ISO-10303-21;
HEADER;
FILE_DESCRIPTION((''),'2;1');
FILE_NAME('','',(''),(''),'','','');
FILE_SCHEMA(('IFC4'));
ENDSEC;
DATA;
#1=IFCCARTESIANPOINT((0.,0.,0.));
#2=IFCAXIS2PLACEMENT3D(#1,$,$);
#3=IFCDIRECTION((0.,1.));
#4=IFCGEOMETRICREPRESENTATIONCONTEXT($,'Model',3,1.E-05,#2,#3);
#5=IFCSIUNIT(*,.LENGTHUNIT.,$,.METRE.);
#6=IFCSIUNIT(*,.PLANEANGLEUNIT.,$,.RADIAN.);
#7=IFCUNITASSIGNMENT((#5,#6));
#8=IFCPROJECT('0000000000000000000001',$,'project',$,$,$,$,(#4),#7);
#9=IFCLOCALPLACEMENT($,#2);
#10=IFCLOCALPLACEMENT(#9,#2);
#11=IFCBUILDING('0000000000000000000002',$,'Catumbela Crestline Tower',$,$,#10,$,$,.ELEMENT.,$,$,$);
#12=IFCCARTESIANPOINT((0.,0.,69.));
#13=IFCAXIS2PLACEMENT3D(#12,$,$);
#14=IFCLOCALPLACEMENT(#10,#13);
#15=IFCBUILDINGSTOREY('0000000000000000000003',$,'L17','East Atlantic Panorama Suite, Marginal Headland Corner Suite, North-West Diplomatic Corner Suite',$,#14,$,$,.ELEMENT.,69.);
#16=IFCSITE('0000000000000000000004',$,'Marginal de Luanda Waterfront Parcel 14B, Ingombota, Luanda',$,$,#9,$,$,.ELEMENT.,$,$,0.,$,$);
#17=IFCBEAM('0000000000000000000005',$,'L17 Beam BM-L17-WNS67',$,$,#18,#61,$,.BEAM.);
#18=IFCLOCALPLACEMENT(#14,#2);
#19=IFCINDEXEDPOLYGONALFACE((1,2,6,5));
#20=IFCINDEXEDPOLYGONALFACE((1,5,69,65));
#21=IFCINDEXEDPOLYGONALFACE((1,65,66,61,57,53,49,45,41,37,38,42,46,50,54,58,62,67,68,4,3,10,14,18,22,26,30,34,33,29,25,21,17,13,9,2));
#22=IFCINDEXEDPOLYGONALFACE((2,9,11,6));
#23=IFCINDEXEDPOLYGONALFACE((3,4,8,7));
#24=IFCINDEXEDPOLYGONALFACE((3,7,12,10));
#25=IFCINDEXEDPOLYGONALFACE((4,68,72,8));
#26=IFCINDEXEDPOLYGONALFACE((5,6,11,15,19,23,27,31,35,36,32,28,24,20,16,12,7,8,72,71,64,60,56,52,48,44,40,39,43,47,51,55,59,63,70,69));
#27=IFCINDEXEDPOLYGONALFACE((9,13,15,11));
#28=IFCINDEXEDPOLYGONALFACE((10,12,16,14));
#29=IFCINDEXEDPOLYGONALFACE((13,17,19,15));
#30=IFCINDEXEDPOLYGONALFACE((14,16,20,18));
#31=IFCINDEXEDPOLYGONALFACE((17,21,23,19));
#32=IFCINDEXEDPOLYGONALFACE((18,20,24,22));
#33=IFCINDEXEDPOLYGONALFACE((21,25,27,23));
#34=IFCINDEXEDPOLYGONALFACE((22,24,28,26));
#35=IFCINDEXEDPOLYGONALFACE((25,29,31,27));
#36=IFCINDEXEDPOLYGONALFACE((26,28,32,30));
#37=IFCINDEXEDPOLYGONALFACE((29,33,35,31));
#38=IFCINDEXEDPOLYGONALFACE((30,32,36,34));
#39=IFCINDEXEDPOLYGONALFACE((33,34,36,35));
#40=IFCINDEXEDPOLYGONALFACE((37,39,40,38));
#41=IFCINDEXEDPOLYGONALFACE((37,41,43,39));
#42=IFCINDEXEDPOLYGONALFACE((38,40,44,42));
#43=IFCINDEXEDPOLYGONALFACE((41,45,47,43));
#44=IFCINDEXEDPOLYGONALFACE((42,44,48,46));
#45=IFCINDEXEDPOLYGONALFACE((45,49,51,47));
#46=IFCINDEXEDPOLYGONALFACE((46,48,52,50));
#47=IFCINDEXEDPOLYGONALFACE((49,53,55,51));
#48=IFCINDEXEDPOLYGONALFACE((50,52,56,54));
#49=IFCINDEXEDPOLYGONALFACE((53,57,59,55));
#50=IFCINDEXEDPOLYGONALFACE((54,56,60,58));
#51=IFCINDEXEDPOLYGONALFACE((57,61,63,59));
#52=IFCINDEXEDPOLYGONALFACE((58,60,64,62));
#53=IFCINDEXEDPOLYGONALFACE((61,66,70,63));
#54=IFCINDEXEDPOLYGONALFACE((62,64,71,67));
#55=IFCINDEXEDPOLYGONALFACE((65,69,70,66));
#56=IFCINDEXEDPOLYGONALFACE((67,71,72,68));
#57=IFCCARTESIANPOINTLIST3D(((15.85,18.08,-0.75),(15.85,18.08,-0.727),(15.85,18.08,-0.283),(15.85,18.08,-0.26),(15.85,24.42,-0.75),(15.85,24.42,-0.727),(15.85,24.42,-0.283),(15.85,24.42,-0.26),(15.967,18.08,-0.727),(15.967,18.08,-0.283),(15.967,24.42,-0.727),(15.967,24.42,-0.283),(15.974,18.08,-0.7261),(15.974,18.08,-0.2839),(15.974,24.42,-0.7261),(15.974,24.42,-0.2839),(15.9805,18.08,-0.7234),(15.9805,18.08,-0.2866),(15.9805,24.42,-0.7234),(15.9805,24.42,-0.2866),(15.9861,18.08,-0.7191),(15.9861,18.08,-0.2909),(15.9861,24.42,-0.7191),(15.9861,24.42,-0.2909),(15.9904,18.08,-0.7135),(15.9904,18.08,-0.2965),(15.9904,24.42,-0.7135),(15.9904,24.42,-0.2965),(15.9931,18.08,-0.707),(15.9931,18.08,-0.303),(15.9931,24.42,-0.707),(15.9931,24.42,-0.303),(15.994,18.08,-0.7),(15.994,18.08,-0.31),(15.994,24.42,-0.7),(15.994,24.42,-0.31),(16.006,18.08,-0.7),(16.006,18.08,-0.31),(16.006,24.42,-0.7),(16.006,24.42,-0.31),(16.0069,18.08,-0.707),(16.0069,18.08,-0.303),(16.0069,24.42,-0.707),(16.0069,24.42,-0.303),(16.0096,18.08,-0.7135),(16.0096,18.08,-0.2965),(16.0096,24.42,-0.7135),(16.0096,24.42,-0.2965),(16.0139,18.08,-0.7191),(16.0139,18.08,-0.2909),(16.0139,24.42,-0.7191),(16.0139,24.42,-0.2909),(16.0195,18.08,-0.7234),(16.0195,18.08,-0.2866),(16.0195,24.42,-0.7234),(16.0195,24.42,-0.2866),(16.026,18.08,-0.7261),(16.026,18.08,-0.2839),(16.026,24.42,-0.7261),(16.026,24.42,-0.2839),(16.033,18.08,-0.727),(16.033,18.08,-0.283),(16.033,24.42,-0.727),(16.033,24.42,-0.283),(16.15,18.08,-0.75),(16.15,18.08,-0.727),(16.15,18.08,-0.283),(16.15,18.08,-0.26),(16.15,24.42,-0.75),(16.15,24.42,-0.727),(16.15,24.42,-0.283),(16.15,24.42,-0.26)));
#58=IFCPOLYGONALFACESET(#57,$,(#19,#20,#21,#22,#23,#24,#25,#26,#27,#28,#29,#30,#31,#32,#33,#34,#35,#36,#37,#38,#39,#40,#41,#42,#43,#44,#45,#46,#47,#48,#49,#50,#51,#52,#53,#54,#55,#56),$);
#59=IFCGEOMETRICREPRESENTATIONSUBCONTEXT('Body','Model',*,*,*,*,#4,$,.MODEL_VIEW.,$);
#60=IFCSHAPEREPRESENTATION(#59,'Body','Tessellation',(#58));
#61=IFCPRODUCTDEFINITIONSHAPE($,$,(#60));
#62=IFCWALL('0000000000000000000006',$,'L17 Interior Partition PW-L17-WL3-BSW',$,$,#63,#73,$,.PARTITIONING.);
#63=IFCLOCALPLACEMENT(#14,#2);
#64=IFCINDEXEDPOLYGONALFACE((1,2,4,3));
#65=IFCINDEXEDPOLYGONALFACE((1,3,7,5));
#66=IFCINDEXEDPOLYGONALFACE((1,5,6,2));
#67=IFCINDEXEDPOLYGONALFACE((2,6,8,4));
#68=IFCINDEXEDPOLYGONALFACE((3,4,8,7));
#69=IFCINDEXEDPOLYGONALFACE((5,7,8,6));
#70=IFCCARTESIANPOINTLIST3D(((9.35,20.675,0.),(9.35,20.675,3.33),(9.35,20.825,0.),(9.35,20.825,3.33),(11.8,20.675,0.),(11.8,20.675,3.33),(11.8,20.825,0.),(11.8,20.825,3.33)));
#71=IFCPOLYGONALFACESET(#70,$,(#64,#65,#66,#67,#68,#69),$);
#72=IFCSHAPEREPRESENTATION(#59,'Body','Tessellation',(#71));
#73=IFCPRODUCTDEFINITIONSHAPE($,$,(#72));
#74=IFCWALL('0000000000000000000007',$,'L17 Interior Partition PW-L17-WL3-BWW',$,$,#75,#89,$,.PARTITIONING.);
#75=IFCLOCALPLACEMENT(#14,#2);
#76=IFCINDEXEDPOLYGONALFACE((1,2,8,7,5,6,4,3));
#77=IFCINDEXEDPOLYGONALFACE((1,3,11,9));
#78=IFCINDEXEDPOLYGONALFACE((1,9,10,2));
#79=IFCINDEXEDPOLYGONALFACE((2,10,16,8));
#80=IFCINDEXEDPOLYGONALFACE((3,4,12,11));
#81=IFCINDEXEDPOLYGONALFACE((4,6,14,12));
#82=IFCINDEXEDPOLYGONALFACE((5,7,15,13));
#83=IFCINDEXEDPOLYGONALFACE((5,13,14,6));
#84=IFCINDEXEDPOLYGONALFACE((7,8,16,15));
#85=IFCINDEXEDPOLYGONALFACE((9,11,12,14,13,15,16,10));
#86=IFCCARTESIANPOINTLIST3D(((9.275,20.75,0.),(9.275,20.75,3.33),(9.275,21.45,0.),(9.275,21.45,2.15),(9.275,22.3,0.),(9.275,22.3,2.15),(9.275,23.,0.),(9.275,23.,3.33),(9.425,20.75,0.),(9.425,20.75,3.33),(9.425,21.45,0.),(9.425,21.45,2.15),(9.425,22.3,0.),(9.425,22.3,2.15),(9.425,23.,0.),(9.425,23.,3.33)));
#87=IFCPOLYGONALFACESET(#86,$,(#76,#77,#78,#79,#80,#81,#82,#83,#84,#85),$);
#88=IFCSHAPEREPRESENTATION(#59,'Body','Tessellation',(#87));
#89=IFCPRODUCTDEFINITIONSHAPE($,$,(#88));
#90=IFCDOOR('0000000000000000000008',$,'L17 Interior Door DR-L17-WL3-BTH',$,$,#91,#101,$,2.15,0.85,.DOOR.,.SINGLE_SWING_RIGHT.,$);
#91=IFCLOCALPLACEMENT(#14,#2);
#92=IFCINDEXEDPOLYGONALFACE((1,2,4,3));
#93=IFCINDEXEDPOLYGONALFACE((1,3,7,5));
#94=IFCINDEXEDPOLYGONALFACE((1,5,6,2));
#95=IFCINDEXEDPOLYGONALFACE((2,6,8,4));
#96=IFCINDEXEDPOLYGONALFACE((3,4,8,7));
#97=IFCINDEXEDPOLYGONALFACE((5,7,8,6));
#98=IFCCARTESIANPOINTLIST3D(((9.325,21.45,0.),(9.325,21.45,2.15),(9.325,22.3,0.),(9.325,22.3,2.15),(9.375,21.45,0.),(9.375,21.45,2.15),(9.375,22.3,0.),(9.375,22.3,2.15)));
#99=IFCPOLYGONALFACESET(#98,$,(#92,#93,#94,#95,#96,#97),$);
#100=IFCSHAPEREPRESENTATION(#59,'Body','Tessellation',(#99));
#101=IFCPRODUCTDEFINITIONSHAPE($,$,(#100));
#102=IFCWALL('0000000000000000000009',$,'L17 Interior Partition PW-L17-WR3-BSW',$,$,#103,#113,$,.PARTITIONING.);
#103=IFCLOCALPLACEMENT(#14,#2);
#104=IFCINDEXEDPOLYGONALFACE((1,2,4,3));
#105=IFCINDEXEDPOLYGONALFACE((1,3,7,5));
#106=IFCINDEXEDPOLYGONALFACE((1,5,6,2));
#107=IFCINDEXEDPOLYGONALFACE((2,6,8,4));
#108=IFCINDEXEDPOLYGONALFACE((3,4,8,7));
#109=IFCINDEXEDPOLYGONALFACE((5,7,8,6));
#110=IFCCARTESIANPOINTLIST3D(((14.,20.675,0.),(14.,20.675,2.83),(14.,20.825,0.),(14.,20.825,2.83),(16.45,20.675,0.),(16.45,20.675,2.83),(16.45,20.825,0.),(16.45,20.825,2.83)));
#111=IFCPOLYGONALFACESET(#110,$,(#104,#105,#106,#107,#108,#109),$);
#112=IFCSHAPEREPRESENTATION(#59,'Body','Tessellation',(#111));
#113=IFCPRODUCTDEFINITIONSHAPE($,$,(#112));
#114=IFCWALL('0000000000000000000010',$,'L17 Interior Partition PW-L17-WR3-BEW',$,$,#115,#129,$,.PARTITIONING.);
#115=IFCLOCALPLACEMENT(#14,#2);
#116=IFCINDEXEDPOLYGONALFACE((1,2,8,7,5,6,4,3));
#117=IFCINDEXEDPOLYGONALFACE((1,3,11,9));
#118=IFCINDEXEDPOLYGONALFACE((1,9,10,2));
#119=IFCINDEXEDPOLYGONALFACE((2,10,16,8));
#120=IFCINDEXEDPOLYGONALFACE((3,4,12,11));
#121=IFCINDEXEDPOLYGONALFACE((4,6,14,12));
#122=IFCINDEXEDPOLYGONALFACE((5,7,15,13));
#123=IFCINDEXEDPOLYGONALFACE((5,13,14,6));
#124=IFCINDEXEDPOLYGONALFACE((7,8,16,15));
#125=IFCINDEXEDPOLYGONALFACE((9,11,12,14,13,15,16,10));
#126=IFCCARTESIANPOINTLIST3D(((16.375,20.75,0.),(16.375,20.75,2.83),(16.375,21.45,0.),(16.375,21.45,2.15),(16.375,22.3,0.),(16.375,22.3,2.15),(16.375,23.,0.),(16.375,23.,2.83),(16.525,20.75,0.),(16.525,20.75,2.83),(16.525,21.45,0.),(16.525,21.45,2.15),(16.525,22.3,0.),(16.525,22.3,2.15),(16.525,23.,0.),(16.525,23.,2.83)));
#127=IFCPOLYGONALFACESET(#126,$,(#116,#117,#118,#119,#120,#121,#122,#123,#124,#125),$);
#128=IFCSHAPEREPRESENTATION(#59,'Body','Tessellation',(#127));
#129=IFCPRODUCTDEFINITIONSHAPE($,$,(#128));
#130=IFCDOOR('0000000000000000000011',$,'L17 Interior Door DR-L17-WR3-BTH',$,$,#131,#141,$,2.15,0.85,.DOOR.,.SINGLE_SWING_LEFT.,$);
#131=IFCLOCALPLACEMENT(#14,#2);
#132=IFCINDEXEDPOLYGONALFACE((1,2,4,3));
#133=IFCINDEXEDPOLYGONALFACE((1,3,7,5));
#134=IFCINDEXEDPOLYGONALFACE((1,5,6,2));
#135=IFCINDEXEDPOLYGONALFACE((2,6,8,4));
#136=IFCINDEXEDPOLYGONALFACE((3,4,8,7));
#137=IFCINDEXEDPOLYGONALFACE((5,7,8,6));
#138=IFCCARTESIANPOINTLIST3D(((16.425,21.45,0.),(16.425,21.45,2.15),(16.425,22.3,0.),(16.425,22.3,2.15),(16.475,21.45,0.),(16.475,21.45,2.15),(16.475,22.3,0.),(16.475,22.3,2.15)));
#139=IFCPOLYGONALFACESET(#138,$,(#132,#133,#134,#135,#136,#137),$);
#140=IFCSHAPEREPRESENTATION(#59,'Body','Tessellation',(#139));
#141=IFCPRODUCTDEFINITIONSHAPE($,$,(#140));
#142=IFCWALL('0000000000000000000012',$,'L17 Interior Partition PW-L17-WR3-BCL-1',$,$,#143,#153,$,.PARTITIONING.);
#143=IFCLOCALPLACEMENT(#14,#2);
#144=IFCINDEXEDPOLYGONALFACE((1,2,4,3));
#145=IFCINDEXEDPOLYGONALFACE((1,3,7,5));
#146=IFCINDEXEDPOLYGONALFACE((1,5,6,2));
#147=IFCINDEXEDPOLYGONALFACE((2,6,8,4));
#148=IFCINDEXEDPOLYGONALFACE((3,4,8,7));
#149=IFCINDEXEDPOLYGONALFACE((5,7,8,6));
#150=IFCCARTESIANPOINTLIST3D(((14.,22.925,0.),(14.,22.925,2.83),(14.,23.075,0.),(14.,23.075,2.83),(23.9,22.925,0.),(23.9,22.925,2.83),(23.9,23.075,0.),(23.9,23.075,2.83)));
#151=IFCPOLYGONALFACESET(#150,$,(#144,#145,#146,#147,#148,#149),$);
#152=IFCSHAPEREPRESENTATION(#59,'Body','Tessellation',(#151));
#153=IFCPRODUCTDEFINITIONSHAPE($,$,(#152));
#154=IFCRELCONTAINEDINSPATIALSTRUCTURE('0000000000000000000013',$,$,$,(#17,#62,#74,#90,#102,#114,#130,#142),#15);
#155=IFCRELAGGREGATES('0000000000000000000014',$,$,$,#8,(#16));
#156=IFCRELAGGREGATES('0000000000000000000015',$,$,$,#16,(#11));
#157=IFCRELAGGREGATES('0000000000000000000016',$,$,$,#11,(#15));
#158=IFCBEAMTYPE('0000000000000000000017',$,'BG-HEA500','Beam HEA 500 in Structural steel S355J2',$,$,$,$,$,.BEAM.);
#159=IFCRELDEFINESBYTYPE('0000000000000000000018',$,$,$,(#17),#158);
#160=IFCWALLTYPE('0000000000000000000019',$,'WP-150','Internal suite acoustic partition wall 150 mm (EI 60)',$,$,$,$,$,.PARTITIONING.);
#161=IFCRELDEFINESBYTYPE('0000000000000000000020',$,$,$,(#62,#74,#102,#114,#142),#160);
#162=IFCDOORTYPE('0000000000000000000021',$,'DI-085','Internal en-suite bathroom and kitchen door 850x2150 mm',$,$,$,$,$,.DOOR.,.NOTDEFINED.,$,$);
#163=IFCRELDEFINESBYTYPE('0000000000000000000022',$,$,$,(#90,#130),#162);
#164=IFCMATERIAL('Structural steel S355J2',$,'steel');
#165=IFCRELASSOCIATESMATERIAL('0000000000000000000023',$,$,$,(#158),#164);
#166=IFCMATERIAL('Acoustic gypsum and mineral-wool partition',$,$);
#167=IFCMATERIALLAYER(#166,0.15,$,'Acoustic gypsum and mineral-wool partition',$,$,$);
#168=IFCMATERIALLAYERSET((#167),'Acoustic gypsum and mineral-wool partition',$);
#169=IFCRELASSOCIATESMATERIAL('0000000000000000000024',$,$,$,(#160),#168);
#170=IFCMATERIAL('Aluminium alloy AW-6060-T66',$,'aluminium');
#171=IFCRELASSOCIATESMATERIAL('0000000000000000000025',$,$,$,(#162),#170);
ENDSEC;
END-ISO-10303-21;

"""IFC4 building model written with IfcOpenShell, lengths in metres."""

from ifc_helpers import new_model, si_unit, direction, frame, frame_2d, origin, origin_2d, place, context, subcontext, project, spatial, rectangle, i_section, extrude, material, layer, layer_set, material_profile, profile_set, type_object, element, fill, save


model = new_model("IFC4")

# Units and contexts
model_context = context("Model", 3, precision=1e-05, world=origin(), true_north=direction((0.0, 1.0)))
body_context = subcontext(model_context, "Body", "Model", "MODEL_VIEW")
ifc_project = project(units=[si_unit("LENGTHUNIT", "METRE"), si_unit("PLANEANGLEUNIT", "RADIAN")], contexts=[model_context])

# Site, building, storey
site_placement = place(None, origin())
site = spatial("IfcSite", under=ifc_project, at=site_placement, Name="Marginal de Luanda Waterfront Parcel 14B, Ingombota, Luanda", CompositionType="ELEMENT", RefElevation=0.0)
building_placement = place(site_placement, origin())
building = spatial("IfcBuilding", under=site, at=building_placement, Name="Catumbela Crestline Tower", CompositionType="ELEMENT")
storey_placement = place(building_placement, frame((0.0, 0.0, 69.0)))
storey = spatial("IfcBuildingStorey", under=building, at=storey_placement, Name="L17", Description="East Atlantic Panorama Suite, Marginal Headland Corner Suite, North-West Diplomatic Corner Suite", CompositionType="ELEMENT", Elevation=69.0)

# Beam
ifc_material_1 = material(Name="Structural steel S355J2", Category="steel")
ifc_material_profile_1 = material_profile(ifc_material_1, i_section(OverallWidth=0.3, OverallDepth=0.49, WebThickness=0.012, FlangeThickness=0.023, FilletRadius=0.027, at=origin_2d()), Name="HEA 500")
ifc_profile_set_1 = profile_set([ifc_material_profile_1], Name="Structural steel S355J2")
beam_type = type_object("IfcBeamType", Name="BG-HEA500", Description="Beam HEA 500 in Structural steel S355J2", PredefinedType="BEAM", material=ifc_profile_set_1)
beam_1_placement = place(storey_placement, frame((16.0, 18.08, -0.505), z_axis=(0.0, 1.0, 0.0), x_axis=(-1.0, 0.0, 0.0)))
element("IfcBeam", 1, at=beam_1_placement, inside=storey, type_object=beam_type, Name="L17 Beam BM-L17-WNS67", PredefinedType="BEAM", context=body_context, shape_type="SweptSolid", body=[
    extrude(i_section(OverallWidth=0.3, OverallDepth=0.49, WebThickness=0.012, FlangeThickness=0.023, FilletRadius=0.027, at=origin_2d()), origin(), (0.0, 0.0, 1.0), 6.34),
])

# Wall
ifc_material_2 = material(Name="Acoustic gypsum and mineral-wool partition")
ifc_layer = layer(ifc_material_2, 0.15, Name="Acoustic gypsum and mineral-wool partition")
ifc_layer_set = layer_set([ifc_layer], Name="Acoustic gypsum and mineral-wool partition")
wall_type = type_object("IfcWallType", Name="WP-150", Description="Internal suite acoustic partition wall 150 mm (EI 60)", PredefinedType="PARTITIONING", material=ifc_layer_set)
wall_1_placement = place(storey_placement, frame((9.35, 20.75, 0.0), z_axis=(0.0, 0.0, 1.0), x_axis=(1.0, 0.0, 0.0)))
element("IfcWall", 2, at=wall_1_placement, inside=storey, type_object=wall_type, Name="L17 Interior Partition PW-L17-WL3-BSW", PredefinedType="PARTITIONING", context=body_context, shape_type="SweptSolid", body=[
    extrude(rectangle(XDim=2.45, YDim=0.15, at=frame_2d((1.225, 0.0))), origin(), (0.0, 0.0, 1.0), 3.33),
])

# Wall, opening, door
wall_2_placement = place(storey_placement, frame((9.35, 20.75, 0.0), z_axis=(0.0, 0.0, 1.0), x_axis=(0.0, 1.0, 0.0)))
wall_2 = element("IfcWall", 3, at=wall_2_placement, inside=storey, type_object=wall_type, Name="L17 Interior Partition PW-L17-WL3-BWW", PredefinedType="PARTITIONING", context=body_context, shape_type="SweptSolid", body=[
    extrude(rectangle(XDim=2.25, YDim=0.15, at=frame_2d((1.125, 0.0))), origin(), (0.0, 0.0, 1.0), 3.33),
])
opening_1_placement = place(wall_2_placement, frame((0.7, 0.0, 0.0)))
opening_1 = element("IfcOpeningElement", 4, at=opening_1_placement, cuts=wall_2, PredefinedType="OPENING", context=body_context, shape_type="SweptSolid", body=[
    extrude(rectangle(XDim=0.85, YDim=2.15, at=frame_2d((0.425, 1.075))), frame((0.0, 0.085, 0.0), z_axis=(0.0, -1.0, 0.0), x_axis=(1.0, 0.0, 0.0)), (0.0, 0.0, 1.0), 0.17),
])
ifc_material_3 = material(Name="Aluminium alloy AW-6060-T66", Category="aluminium")
door_type = type_object("IfcDoorType", Name="DI-085", Description="Internal en-suite bathroom and kitchen door 850x2150 mm", OperationType="NOTDEFINED", PredefinedType="DOOR", material=ifc_material_3)
door_1_placement = place(opening_1_placement, origin())
door_1 = element("IfcDoor", 5, at=door_1_placement, inside=storey, type_object=door_type, Name="L17 Interior Door DR-L17-WL3-BTH", OperationType="SINGLE_SWING_RIGHT", OverallHeight=2.15, OverallWidth=0.85, PredefinedType="DOOR", context=body_context, shape_type="SweptSolid", body=[
    extrude(rectangle(XDim=0.85, YDim=2.15, at=frame_2d((0.425, 1.075))), frame((0.0, 0.025, 0.0), z_axis=(0.0, -1.0, 0.0), x_axis=(1.0, 0.0, 0.0)), (0.0, 0.0, 1.0), 0.05),
])
fill(opening_1, door_1)

# Wall
wall_3_placement = place(storey_placement, frame((14.0, 20.75, 0.0), z_axis=(0.0, 0.0, 1.0), x_axis=(1.0, 0.0, 0.0)))
element("IfcWall", 6, at=wall_3_placement, inside=storey, type_object=wall_type, Name="L17 Interior Partition PW-L17-WR3-BSW", PredefinedType="PARTITIONING", context=body_context, shape_type="SweptSolid", body=[
    extrude(rectangle(XDim=2.45, YDim=0.15, at=frame_2d((1.225, 0.0))), origin(), (0.0, 0.0, 1.0), 2.83),
])

# Wall, opening, door
wall_4_placement = place(storey_placement, frame((16.45, 20.75, 0.0), z_axis=(0.0, 0.0, 1.0), x_axis=(0.0, 1.0, 0.0)))
wall_4 = element("IfcWall", 7, at=wall_4_placement, inside=storey, type_object=wall_type, Name="L17 Interior Partition PW-L17-WR3-BEW", PredefinedType="PARTITIONING", context=body_context, shape_type="SweptSolid", body=[
    extrude(rectangle(XDim=2.25, YDim=0.15, at=frame_2d((1.125, 0.0))), origin(), (0.0, 0.0, 1.0), 2.83),
])
opening_2_placement = place(wall_4_placement, frame((0.7, 0.0, 0.0)))
opening_2 = element("IfcOpeningElement", 8, at=opening_2_placement, cuts=wall_4, PredefinedType="OPENING", context=body_context, shape_type="SweptSolid", body=[
    extrude(rectangle(XDim=0.85, YDim=2.15, at=frame_2d((0.425, 1.075))), frame((0.0, 0.085, 0.0), z_axis=(0.0, -1.0, 0.0), x_axis=(1.0, 0.0, 0.0)), (0.0, 0.0, 1.0), 0.17),
])
door_2_placement = place(opening_2_placement, origin())
door_2 = element("IfcDoor", 9, at=door_2_placement, inside=storey, type_object=door_type, Name="L17 Interior Door DR-L17-WR3-BTH", OperationType="SINGLE_SWING_LEFT", OverallHeight=2.15, OverallWidth=0.85, PredefinedType="DOOR", context=body_context, shape_type="SweptSolid", body=[
    extrude(rectangle(XDim=0.85, YDim=2.15, at=frame_2d((0.425, 1.075))), frame((0.0, 0.025, 0.0), z_axis=(0.0, -1.0, 0.0), x_axis=(1.0, 0.0, 0.0)), (0.0, 0.0, 1.0), 0.05),
])
fill(opening_2, door_2)

# Wall
wall_5_placement = place(storey_placement, frame((14.0, 23.0, 0.0), z_axis=(0.0, 0.0, 1.0), x_axis=(1.0, 0.0, 0.0)))
element("IfcWall", 10, at=wall_5_placement, inside=storey, type_object=wall_type, Name="L17 Interior Partition PW-L17-WR3-BCL-1", PredefinedType="PARTITIONING", context=body_context, shape_type="SweptSolid", body=[
    extrude(rectangle(XDim=9.9, YDim=0.15, at=frame_2d((4.95, 0.0))), origin(), (0.0, 0.0, 1.0), 2.83),
])

save(model, "model.ifc")
